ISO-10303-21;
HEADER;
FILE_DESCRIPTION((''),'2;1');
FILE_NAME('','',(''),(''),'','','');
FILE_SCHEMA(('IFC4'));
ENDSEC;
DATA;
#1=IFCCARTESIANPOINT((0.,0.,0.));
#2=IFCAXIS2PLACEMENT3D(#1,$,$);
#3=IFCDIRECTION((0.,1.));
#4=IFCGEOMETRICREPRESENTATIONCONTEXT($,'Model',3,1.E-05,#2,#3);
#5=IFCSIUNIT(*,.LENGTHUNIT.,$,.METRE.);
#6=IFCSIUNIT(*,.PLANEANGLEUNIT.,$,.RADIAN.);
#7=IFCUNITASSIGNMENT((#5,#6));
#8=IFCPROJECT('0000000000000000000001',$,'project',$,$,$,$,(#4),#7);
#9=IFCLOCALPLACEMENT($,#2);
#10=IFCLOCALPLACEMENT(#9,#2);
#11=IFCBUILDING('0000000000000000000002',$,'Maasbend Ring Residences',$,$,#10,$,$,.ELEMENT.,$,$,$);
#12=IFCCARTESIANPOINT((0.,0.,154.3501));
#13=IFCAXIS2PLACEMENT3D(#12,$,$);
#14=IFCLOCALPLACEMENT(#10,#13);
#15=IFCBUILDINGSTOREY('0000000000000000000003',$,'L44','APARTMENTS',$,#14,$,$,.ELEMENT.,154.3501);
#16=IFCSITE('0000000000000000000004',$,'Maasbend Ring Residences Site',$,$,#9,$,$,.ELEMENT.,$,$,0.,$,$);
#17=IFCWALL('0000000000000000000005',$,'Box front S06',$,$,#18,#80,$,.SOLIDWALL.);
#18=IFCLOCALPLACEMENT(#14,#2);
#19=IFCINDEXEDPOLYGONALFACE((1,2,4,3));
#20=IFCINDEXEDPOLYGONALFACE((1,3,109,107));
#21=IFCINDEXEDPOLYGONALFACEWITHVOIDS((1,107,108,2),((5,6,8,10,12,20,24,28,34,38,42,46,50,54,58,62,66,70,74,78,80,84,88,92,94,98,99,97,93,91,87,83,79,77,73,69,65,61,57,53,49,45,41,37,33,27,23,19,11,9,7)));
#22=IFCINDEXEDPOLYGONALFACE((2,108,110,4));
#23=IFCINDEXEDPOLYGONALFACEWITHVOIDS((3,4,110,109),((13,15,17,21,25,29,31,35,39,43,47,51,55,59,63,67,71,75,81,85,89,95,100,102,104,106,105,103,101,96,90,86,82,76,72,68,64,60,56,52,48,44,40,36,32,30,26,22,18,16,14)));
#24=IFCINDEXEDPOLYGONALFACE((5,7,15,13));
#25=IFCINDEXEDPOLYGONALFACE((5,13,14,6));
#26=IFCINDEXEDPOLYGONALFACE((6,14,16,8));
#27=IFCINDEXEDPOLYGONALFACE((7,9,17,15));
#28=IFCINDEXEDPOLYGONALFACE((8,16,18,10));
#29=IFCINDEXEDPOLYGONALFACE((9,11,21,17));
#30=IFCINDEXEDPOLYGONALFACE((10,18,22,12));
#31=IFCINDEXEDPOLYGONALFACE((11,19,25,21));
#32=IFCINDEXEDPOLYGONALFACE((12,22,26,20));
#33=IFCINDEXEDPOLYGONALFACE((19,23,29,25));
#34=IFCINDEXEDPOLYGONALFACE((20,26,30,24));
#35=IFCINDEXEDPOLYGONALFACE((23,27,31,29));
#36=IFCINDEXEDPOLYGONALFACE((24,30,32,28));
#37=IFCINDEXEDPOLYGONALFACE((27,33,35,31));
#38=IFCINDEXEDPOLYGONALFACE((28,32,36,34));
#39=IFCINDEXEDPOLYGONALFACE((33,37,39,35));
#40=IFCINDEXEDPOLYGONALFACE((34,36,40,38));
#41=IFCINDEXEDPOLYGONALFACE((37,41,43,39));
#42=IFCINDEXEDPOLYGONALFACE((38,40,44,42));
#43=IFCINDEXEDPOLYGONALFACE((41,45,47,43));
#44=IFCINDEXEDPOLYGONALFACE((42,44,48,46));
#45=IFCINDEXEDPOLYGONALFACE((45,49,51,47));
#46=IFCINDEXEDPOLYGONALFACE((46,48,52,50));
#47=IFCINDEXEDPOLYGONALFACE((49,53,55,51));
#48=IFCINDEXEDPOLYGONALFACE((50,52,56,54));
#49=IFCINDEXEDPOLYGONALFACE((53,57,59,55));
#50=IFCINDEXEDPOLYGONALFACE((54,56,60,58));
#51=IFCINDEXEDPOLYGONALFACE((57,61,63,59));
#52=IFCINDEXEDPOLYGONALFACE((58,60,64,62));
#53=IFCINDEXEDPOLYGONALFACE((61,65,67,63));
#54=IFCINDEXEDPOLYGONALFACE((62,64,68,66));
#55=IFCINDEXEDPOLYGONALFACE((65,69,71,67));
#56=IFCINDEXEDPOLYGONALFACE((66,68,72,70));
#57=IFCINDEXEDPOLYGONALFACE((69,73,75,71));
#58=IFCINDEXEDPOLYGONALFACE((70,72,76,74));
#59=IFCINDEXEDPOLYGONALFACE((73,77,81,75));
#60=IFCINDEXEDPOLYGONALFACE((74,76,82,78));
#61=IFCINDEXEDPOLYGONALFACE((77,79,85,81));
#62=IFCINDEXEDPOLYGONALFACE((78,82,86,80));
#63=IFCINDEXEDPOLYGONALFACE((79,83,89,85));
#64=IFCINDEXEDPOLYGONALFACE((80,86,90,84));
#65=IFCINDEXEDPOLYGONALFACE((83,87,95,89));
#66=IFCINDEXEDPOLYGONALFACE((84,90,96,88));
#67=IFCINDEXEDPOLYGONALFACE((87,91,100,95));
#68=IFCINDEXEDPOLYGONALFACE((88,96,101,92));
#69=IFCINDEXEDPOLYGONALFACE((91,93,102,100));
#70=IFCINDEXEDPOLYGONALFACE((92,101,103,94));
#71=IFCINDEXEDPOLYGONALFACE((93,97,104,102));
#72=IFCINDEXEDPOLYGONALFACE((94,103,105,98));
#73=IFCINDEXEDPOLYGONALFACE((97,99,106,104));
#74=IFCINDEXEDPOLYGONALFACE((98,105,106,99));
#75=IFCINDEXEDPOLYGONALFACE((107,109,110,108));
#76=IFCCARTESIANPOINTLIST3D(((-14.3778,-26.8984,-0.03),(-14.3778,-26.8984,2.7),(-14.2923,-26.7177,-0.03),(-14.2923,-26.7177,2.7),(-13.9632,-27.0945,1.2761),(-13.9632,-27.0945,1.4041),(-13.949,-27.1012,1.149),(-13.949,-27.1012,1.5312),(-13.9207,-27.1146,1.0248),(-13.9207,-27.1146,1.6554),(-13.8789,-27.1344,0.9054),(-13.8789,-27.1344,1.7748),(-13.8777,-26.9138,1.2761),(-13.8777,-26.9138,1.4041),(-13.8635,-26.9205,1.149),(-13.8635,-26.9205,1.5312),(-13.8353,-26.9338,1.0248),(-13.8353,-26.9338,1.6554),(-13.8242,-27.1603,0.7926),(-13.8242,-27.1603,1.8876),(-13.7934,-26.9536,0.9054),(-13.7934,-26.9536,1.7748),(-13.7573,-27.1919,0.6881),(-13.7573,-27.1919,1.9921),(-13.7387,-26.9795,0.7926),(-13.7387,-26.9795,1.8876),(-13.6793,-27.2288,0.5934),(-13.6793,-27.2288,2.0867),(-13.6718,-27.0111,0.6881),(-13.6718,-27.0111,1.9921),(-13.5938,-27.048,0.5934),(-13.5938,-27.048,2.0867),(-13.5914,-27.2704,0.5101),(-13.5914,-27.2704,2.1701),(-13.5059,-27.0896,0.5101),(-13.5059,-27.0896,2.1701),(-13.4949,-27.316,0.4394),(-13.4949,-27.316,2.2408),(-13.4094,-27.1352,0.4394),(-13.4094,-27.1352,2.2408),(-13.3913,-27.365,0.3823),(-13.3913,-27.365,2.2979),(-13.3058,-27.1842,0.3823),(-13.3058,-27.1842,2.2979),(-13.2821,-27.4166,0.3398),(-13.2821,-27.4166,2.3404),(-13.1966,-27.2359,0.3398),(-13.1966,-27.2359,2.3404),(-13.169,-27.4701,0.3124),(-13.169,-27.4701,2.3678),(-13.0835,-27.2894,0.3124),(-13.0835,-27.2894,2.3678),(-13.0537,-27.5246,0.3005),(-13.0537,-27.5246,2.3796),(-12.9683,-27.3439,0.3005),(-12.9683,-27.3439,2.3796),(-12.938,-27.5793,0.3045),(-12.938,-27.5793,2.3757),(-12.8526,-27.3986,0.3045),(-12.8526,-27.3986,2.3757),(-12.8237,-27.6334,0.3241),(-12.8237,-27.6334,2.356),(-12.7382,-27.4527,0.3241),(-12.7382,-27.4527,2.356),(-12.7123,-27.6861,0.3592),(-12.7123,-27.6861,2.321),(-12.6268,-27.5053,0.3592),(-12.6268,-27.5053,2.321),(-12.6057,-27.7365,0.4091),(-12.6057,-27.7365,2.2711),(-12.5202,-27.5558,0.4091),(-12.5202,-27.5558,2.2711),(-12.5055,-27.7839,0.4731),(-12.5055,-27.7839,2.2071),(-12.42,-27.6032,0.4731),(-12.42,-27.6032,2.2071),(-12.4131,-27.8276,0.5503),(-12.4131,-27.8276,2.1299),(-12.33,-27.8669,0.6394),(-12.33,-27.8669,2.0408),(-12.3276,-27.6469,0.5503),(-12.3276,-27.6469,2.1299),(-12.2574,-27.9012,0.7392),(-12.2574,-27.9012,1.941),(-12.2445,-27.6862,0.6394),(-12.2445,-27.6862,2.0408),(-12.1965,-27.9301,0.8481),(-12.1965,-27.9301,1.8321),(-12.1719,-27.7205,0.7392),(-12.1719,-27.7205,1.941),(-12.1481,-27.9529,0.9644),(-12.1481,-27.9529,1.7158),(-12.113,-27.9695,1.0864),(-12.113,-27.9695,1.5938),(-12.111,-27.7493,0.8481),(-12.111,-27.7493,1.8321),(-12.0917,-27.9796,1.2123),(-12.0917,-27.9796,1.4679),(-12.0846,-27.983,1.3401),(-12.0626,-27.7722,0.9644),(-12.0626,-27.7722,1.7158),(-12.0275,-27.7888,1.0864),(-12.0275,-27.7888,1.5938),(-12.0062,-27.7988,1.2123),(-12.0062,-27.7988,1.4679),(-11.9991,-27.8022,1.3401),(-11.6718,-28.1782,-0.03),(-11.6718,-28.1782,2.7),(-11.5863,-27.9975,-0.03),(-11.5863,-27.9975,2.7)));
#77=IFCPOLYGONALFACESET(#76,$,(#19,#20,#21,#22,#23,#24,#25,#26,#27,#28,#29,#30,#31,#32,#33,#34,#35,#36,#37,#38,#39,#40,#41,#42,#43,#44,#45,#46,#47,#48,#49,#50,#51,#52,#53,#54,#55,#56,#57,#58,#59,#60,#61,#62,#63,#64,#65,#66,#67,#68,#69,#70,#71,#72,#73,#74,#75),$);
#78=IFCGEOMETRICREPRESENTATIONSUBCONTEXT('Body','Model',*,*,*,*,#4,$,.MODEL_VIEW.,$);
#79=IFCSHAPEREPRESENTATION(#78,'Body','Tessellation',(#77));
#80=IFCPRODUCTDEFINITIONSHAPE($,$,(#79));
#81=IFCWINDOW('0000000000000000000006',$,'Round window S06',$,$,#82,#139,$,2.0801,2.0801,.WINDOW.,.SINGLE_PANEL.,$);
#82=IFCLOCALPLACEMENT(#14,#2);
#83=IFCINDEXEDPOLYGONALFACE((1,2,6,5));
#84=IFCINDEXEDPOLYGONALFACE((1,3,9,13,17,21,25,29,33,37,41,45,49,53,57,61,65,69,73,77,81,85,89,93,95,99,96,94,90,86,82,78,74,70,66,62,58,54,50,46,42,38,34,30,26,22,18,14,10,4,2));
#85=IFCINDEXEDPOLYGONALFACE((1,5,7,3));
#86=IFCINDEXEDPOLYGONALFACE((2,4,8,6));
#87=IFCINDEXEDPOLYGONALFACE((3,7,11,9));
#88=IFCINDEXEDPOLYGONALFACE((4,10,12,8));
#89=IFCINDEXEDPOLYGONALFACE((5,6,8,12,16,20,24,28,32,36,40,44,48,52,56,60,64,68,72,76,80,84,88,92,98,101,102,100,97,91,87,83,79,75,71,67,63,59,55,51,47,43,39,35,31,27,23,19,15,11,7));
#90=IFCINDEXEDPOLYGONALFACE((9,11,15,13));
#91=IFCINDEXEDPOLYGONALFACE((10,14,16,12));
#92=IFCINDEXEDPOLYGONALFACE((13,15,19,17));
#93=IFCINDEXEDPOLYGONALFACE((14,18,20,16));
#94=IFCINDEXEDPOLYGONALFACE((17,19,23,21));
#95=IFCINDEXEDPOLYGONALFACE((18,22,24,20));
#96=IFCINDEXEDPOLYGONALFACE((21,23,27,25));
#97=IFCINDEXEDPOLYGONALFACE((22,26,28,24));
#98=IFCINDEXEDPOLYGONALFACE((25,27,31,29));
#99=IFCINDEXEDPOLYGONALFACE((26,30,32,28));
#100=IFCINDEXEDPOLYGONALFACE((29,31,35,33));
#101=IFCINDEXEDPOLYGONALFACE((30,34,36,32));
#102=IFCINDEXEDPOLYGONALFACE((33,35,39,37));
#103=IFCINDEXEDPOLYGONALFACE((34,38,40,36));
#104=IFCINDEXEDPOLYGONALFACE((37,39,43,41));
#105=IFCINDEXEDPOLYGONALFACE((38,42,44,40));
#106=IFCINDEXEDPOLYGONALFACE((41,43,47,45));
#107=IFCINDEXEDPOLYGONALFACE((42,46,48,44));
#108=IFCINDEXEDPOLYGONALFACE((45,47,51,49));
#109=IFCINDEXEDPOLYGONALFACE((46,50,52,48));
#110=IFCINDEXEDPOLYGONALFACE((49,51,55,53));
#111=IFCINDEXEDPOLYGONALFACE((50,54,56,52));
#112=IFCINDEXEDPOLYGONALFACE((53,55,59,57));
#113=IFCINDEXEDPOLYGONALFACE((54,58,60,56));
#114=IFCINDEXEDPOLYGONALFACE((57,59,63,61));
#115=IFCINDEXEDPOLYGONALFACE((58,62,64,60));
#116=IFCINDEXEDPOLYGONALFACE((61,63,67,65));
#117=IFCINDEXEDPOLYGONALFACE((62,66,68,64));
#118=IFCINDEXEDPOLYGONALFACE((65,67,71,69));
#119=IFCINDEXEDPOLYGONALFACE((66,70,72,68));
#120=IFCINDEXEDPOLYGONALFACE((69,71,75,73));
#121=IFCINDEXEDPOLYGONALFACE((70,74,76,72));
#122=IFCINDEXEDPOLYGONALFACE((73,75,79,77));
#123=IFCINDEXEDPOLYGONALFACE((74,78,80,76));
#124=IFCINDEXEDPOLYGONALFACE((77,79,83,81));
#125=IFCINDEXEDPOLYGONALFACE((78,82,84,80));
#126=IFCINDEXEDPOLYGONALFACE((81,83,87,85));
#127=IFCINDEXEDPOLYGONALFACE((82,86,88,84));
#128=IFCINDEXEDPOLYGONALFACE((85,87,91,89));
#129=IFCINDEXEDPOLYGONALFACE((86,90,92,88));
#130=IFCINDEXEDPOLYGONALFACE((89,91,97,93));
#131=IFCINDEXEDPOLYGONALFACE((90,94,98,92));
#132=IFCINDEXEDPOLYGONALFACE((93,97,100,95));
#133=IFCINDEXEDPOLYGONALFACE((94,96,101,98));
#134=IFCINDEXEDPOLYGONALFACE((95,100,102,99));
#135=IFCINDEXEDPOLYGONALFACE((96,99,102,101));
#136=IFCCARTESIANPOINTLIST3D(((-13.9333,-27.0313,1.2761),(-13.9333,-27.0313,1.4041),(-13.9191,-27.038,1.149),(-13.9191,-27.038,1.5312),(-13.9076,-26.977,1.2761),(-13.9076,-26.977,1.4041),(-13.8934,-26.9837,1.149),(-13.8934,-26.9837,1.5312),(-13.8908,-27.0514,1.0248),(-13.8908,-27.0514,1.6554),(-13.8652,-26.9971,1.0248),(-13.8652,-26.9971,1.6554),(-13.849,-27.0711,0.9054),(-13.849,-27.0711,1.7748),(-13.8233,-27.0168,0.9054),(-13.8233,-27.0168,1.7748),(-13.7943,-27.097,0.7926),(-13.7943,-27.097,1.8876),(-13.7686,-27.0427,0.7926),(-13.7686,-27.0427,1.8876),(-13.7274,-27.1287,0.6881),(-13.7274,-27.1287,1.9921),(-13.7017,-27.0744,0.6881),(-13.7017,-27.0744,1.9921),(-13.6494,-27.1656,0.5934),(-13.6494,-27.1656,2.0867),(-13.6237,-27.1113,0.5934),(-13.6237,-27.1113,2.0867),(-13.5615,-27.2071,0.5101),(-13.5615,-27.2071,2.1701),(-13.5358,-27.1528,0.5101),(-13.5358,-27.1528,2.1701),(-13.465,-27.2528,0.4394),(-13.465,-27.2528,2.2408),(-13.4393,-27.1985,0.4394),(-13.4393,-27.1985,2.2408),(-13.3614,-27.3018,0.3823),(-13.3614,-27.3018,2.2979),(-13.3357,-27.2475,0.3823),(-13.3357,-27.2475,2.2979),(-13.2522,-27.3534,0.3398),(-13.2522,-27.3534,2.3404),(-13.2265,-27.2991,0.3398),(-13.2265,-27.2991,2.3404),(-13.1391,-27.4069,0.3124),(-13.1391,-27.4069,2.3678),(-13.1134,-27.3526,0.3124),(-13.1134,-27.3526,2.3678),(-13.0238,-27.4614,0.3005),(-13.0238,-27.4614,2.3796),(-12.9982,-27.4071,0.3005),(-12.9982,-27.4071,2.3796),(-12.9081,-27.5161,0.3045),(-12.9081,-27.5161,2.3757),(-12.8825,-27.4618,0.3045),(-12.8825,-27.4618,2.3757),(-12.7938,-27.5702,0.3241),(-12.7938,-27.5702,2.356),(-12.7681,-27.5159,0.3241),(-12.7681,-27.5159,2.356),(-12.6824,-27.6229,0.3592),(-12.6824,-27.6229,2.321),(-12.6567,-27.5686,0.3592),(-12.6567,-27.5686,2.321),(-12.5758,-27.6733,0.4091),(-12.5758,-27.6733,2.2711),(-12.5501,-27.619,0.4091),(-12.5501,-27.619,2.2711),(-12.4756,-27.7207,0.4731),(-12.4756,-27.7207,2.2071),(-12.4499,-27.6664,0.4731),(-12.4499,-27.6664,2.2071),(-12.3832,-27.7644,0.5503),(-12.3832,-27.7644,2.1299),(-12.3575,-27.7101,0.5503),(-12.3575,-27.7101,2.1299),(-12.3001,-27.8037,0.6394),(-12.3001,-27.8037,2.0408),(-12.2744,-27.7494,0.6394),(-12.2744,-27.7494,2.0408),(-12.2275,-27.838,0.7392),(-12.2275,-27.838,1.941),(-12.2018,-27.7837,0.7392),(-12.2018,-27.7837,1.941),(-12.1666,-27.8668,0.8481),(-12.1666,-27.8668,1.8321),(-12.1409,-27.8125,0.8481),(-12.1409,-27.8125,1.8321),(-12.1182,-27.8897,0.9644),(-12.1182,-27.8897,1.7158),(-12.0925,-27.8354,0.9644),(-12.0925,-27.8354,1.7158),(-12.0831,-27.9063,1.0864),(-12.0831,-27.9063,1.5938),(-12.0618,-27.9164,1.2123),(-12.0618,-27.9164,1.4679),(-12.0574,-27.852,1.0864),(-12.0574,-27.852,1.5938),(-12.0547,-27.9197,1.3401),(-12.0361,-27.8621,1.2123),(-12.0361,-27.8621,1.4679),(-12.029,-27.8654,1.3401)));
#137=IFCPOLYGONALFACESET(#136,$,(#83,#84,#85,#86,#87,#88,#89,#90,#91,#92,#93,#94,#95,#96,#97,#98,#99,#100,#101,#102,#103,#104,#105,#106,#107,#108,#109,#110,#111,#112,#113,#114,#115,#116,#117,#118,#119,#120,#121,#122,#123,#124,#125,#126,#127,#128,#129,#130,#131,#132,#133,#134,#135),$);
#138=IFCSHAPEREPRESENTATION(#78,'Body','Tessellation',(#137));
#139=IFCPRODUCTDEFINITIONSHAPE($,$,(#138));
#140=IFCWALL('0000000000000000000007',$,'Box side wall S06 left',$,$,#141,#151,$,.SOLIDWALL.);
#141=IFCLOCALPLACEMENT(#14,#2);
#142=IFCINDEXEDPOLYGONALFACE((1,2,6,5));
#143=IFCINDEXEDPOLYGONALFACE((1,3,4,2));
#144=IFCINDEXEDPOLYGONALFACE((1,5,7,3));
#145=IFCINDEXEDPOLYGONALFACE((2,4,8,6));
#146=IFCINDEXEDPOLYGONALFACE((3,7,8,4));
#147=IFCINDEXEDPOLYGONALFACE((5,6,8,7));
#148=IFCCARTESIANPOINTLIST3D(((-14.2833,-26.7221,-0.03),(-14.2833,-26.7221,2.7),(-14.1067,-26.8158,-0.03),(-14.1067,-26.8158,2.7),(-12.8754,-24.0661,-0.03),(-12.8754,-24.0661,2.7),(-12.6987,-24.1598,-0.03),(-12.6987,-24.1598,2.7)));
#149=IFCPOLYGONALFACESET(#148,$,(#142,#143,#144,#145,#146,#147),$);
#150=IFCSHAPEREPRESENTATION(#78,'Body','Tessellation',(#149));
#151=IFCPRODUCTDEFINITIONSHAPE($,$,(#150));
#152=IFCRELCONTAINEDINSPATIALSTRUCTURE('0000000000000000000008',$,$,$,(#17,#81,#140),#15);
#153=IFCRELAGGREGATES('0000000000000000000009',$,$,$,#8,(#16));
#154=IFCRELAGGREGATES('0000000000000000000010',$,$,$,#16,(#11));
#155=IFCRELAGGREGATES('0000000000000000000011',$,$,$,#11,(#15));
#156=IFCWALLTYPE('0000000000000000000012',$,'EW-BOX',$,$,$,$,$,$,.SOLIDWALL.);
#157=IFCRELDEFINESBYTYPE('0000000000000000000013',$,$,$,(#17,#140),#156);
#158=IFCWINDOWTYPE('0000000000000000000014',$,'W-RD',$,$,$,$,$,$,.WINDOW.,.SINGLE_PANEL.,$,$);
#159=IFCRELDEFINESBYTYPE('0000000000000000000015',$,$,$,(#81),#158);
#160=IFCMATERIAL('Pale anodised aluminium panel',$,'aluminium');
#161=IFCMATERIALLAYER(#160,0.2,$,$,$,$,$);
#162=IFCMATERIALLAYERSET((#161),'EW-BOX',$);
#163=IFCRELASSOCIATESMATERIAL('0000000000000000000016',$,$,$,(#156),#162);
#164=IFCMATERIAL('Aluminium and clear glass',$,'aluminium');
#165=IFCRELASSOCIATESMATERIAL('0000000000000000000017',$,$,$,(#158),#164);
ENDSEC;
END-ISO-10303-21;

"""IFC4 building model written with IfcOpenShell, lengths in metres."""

from ifc_helpers import new_model, si_unit, direction, frame, frame_2d, origin, place, context, subcontext, project, spatial, rectangle, circle, extrude, material, layer, layer_set, type_object, element, fill, save


model = new_model("IFC4")

# Units and contexts
model_context = context("Model", 3, precision=1e-05, world=origin(), true_north=direction((0.0, 1.0)))
body_context = subcontext(model_context, "Body", "Model", "MODEL_VIEW")
ifc_project = project(units=[si_unit("LENGTHUNIT", "METRE"), si_unit("PLANEANGLEUNIT", "RADIAN")], contexts=[model_context])

# Site, building, storey
site_placement = place(None, origin())
site = spatial("IfcSite", under=ifc_project, at=site_placement, Name="Maasbend Ring Residences Site", CompositionType="ELEMENT", RefElevation=0.0)
building_placement = place(site_placement, origin())
building = spatial("IfcBuilding", under=site, at=building_placement, Name="Maasbend Ring Residences", CompositionType="ELEMENT")
storey_placement = place(building_placement, frame((0.0, 0.0, 154.3501)))
storey = spatial("IfcBuildingStorey", under=building, at=storey_placement, Name="L44", Description="APARTMENTS", CompositionType="ELEMENT", Elevation=154.3501)

# Shared definitions
ifc_material_1 = material(Name="Pale anodised aluminium panel", Category="aluminium")
ifc_layer_1 = layer(ifc_material_1, 0.2)
ifc_layer_set_1 = layer_set([ifc_layer_1], Name="EW-BOX")
wall_type_1 = type_object("IfcWallType", Name="EW-BOX", PredefinedType="SOLIDWALL", material=ifc_layer_set_1)

# Wall, opening, window
wall_1_placement = place(storey_placement, frame((-14.335, -26.8081, -0.03), z_axis=(0.0, 0.0, 1.0), x_axis=(0.904, -0.427532, 0.0)))
wall_1 = element("IfcWall", 1, at=wall_1_placement, inside=storey, type_object=wall_type_1, Name="Box front S06", PredefinedType="SOLIDWALL", context=body_context, shape_type="SweptSolid", body=[
    extrude(rectangle(XDim=2.9934, YDim=0.2, at=frame_2d((1.4966, 0.0))), origin(), (0.0, 0.0, 1.0), 2.73),
])
opening_1_placement = place(wall_1_placement, frame((0.4565, 0.0, 0.3301)))
opening_1 = element("IfcOpeningElement", 2, at=opening_1_placement, cuts=wall_1, PredefinedType="OPENING", context=body_context, shape_type="SweptSolid", body=[
    extrude(circle(Radius=1.04, at=frame_2d((1.04, 1.04))), frame((0.0, 0.1099, 0.0), z_axis=(0.0, -1.0, 0.0), x_axis=(1.0, 0.0, 0.0)), (0.0, 0.0, 1.0), 0.22),
])
ifc_material_2 = material(Name="Aluminium and clear glass", Category="aluminium")
window_type_1 = type_object("IfcWindowType", Name="W-RD", PartitioningType="SINGLE_PANEL", PredefinedType="WINDOW", material=ifc_material_2)
window_1_placement = place(opening_1_placement, origin())
window_1 = element("IfcWindow", 3, at=window_1_placement, inside=storey, type_object=window_type_1, Name="Round window S06", OverallHeight=2.0801, OverallWidth=2.0801, PartitioningType="SINGLE_PANEL", PredefinedType="WINDOW", context=body_context, shape_type="SweptSolid", body=[
    extrude(circle(Radius=1.04, at=frame_2d((1.04, 1.04))), frame((0.0, 0.03, 0.0), z_axis=(0.0, -1.0, 0.0), x_axis=(1.0, 0.0, 0.0)), (0.0, 0.0, 1.0), 0.0601),
])
fill(opening_1, window_1)

# Wall
wall_2_placement = place(storey_placement, frame((-12.7871, -24.113, -0.03), z_axis=(0.0, 0.0, 1.0), x_axis=(-0.468365, -0.883535, 0.0)))
element("IfcWall", 4, at=wall_2_placement, inside=storey, type_object=wall_type_1, Name="Box side wall S06 left", PredefinedType="SOLIDWALL", context=body_context, shape_type="SweptSolid", body=[
    extrude(rectangle(XDim=3.0061, YDim=0.2, at=frame_2d((1.5029, 0.0))), origin(), (0.0, 0.0, 1.0), 2.73),
])

save(model, "model.ifc")
